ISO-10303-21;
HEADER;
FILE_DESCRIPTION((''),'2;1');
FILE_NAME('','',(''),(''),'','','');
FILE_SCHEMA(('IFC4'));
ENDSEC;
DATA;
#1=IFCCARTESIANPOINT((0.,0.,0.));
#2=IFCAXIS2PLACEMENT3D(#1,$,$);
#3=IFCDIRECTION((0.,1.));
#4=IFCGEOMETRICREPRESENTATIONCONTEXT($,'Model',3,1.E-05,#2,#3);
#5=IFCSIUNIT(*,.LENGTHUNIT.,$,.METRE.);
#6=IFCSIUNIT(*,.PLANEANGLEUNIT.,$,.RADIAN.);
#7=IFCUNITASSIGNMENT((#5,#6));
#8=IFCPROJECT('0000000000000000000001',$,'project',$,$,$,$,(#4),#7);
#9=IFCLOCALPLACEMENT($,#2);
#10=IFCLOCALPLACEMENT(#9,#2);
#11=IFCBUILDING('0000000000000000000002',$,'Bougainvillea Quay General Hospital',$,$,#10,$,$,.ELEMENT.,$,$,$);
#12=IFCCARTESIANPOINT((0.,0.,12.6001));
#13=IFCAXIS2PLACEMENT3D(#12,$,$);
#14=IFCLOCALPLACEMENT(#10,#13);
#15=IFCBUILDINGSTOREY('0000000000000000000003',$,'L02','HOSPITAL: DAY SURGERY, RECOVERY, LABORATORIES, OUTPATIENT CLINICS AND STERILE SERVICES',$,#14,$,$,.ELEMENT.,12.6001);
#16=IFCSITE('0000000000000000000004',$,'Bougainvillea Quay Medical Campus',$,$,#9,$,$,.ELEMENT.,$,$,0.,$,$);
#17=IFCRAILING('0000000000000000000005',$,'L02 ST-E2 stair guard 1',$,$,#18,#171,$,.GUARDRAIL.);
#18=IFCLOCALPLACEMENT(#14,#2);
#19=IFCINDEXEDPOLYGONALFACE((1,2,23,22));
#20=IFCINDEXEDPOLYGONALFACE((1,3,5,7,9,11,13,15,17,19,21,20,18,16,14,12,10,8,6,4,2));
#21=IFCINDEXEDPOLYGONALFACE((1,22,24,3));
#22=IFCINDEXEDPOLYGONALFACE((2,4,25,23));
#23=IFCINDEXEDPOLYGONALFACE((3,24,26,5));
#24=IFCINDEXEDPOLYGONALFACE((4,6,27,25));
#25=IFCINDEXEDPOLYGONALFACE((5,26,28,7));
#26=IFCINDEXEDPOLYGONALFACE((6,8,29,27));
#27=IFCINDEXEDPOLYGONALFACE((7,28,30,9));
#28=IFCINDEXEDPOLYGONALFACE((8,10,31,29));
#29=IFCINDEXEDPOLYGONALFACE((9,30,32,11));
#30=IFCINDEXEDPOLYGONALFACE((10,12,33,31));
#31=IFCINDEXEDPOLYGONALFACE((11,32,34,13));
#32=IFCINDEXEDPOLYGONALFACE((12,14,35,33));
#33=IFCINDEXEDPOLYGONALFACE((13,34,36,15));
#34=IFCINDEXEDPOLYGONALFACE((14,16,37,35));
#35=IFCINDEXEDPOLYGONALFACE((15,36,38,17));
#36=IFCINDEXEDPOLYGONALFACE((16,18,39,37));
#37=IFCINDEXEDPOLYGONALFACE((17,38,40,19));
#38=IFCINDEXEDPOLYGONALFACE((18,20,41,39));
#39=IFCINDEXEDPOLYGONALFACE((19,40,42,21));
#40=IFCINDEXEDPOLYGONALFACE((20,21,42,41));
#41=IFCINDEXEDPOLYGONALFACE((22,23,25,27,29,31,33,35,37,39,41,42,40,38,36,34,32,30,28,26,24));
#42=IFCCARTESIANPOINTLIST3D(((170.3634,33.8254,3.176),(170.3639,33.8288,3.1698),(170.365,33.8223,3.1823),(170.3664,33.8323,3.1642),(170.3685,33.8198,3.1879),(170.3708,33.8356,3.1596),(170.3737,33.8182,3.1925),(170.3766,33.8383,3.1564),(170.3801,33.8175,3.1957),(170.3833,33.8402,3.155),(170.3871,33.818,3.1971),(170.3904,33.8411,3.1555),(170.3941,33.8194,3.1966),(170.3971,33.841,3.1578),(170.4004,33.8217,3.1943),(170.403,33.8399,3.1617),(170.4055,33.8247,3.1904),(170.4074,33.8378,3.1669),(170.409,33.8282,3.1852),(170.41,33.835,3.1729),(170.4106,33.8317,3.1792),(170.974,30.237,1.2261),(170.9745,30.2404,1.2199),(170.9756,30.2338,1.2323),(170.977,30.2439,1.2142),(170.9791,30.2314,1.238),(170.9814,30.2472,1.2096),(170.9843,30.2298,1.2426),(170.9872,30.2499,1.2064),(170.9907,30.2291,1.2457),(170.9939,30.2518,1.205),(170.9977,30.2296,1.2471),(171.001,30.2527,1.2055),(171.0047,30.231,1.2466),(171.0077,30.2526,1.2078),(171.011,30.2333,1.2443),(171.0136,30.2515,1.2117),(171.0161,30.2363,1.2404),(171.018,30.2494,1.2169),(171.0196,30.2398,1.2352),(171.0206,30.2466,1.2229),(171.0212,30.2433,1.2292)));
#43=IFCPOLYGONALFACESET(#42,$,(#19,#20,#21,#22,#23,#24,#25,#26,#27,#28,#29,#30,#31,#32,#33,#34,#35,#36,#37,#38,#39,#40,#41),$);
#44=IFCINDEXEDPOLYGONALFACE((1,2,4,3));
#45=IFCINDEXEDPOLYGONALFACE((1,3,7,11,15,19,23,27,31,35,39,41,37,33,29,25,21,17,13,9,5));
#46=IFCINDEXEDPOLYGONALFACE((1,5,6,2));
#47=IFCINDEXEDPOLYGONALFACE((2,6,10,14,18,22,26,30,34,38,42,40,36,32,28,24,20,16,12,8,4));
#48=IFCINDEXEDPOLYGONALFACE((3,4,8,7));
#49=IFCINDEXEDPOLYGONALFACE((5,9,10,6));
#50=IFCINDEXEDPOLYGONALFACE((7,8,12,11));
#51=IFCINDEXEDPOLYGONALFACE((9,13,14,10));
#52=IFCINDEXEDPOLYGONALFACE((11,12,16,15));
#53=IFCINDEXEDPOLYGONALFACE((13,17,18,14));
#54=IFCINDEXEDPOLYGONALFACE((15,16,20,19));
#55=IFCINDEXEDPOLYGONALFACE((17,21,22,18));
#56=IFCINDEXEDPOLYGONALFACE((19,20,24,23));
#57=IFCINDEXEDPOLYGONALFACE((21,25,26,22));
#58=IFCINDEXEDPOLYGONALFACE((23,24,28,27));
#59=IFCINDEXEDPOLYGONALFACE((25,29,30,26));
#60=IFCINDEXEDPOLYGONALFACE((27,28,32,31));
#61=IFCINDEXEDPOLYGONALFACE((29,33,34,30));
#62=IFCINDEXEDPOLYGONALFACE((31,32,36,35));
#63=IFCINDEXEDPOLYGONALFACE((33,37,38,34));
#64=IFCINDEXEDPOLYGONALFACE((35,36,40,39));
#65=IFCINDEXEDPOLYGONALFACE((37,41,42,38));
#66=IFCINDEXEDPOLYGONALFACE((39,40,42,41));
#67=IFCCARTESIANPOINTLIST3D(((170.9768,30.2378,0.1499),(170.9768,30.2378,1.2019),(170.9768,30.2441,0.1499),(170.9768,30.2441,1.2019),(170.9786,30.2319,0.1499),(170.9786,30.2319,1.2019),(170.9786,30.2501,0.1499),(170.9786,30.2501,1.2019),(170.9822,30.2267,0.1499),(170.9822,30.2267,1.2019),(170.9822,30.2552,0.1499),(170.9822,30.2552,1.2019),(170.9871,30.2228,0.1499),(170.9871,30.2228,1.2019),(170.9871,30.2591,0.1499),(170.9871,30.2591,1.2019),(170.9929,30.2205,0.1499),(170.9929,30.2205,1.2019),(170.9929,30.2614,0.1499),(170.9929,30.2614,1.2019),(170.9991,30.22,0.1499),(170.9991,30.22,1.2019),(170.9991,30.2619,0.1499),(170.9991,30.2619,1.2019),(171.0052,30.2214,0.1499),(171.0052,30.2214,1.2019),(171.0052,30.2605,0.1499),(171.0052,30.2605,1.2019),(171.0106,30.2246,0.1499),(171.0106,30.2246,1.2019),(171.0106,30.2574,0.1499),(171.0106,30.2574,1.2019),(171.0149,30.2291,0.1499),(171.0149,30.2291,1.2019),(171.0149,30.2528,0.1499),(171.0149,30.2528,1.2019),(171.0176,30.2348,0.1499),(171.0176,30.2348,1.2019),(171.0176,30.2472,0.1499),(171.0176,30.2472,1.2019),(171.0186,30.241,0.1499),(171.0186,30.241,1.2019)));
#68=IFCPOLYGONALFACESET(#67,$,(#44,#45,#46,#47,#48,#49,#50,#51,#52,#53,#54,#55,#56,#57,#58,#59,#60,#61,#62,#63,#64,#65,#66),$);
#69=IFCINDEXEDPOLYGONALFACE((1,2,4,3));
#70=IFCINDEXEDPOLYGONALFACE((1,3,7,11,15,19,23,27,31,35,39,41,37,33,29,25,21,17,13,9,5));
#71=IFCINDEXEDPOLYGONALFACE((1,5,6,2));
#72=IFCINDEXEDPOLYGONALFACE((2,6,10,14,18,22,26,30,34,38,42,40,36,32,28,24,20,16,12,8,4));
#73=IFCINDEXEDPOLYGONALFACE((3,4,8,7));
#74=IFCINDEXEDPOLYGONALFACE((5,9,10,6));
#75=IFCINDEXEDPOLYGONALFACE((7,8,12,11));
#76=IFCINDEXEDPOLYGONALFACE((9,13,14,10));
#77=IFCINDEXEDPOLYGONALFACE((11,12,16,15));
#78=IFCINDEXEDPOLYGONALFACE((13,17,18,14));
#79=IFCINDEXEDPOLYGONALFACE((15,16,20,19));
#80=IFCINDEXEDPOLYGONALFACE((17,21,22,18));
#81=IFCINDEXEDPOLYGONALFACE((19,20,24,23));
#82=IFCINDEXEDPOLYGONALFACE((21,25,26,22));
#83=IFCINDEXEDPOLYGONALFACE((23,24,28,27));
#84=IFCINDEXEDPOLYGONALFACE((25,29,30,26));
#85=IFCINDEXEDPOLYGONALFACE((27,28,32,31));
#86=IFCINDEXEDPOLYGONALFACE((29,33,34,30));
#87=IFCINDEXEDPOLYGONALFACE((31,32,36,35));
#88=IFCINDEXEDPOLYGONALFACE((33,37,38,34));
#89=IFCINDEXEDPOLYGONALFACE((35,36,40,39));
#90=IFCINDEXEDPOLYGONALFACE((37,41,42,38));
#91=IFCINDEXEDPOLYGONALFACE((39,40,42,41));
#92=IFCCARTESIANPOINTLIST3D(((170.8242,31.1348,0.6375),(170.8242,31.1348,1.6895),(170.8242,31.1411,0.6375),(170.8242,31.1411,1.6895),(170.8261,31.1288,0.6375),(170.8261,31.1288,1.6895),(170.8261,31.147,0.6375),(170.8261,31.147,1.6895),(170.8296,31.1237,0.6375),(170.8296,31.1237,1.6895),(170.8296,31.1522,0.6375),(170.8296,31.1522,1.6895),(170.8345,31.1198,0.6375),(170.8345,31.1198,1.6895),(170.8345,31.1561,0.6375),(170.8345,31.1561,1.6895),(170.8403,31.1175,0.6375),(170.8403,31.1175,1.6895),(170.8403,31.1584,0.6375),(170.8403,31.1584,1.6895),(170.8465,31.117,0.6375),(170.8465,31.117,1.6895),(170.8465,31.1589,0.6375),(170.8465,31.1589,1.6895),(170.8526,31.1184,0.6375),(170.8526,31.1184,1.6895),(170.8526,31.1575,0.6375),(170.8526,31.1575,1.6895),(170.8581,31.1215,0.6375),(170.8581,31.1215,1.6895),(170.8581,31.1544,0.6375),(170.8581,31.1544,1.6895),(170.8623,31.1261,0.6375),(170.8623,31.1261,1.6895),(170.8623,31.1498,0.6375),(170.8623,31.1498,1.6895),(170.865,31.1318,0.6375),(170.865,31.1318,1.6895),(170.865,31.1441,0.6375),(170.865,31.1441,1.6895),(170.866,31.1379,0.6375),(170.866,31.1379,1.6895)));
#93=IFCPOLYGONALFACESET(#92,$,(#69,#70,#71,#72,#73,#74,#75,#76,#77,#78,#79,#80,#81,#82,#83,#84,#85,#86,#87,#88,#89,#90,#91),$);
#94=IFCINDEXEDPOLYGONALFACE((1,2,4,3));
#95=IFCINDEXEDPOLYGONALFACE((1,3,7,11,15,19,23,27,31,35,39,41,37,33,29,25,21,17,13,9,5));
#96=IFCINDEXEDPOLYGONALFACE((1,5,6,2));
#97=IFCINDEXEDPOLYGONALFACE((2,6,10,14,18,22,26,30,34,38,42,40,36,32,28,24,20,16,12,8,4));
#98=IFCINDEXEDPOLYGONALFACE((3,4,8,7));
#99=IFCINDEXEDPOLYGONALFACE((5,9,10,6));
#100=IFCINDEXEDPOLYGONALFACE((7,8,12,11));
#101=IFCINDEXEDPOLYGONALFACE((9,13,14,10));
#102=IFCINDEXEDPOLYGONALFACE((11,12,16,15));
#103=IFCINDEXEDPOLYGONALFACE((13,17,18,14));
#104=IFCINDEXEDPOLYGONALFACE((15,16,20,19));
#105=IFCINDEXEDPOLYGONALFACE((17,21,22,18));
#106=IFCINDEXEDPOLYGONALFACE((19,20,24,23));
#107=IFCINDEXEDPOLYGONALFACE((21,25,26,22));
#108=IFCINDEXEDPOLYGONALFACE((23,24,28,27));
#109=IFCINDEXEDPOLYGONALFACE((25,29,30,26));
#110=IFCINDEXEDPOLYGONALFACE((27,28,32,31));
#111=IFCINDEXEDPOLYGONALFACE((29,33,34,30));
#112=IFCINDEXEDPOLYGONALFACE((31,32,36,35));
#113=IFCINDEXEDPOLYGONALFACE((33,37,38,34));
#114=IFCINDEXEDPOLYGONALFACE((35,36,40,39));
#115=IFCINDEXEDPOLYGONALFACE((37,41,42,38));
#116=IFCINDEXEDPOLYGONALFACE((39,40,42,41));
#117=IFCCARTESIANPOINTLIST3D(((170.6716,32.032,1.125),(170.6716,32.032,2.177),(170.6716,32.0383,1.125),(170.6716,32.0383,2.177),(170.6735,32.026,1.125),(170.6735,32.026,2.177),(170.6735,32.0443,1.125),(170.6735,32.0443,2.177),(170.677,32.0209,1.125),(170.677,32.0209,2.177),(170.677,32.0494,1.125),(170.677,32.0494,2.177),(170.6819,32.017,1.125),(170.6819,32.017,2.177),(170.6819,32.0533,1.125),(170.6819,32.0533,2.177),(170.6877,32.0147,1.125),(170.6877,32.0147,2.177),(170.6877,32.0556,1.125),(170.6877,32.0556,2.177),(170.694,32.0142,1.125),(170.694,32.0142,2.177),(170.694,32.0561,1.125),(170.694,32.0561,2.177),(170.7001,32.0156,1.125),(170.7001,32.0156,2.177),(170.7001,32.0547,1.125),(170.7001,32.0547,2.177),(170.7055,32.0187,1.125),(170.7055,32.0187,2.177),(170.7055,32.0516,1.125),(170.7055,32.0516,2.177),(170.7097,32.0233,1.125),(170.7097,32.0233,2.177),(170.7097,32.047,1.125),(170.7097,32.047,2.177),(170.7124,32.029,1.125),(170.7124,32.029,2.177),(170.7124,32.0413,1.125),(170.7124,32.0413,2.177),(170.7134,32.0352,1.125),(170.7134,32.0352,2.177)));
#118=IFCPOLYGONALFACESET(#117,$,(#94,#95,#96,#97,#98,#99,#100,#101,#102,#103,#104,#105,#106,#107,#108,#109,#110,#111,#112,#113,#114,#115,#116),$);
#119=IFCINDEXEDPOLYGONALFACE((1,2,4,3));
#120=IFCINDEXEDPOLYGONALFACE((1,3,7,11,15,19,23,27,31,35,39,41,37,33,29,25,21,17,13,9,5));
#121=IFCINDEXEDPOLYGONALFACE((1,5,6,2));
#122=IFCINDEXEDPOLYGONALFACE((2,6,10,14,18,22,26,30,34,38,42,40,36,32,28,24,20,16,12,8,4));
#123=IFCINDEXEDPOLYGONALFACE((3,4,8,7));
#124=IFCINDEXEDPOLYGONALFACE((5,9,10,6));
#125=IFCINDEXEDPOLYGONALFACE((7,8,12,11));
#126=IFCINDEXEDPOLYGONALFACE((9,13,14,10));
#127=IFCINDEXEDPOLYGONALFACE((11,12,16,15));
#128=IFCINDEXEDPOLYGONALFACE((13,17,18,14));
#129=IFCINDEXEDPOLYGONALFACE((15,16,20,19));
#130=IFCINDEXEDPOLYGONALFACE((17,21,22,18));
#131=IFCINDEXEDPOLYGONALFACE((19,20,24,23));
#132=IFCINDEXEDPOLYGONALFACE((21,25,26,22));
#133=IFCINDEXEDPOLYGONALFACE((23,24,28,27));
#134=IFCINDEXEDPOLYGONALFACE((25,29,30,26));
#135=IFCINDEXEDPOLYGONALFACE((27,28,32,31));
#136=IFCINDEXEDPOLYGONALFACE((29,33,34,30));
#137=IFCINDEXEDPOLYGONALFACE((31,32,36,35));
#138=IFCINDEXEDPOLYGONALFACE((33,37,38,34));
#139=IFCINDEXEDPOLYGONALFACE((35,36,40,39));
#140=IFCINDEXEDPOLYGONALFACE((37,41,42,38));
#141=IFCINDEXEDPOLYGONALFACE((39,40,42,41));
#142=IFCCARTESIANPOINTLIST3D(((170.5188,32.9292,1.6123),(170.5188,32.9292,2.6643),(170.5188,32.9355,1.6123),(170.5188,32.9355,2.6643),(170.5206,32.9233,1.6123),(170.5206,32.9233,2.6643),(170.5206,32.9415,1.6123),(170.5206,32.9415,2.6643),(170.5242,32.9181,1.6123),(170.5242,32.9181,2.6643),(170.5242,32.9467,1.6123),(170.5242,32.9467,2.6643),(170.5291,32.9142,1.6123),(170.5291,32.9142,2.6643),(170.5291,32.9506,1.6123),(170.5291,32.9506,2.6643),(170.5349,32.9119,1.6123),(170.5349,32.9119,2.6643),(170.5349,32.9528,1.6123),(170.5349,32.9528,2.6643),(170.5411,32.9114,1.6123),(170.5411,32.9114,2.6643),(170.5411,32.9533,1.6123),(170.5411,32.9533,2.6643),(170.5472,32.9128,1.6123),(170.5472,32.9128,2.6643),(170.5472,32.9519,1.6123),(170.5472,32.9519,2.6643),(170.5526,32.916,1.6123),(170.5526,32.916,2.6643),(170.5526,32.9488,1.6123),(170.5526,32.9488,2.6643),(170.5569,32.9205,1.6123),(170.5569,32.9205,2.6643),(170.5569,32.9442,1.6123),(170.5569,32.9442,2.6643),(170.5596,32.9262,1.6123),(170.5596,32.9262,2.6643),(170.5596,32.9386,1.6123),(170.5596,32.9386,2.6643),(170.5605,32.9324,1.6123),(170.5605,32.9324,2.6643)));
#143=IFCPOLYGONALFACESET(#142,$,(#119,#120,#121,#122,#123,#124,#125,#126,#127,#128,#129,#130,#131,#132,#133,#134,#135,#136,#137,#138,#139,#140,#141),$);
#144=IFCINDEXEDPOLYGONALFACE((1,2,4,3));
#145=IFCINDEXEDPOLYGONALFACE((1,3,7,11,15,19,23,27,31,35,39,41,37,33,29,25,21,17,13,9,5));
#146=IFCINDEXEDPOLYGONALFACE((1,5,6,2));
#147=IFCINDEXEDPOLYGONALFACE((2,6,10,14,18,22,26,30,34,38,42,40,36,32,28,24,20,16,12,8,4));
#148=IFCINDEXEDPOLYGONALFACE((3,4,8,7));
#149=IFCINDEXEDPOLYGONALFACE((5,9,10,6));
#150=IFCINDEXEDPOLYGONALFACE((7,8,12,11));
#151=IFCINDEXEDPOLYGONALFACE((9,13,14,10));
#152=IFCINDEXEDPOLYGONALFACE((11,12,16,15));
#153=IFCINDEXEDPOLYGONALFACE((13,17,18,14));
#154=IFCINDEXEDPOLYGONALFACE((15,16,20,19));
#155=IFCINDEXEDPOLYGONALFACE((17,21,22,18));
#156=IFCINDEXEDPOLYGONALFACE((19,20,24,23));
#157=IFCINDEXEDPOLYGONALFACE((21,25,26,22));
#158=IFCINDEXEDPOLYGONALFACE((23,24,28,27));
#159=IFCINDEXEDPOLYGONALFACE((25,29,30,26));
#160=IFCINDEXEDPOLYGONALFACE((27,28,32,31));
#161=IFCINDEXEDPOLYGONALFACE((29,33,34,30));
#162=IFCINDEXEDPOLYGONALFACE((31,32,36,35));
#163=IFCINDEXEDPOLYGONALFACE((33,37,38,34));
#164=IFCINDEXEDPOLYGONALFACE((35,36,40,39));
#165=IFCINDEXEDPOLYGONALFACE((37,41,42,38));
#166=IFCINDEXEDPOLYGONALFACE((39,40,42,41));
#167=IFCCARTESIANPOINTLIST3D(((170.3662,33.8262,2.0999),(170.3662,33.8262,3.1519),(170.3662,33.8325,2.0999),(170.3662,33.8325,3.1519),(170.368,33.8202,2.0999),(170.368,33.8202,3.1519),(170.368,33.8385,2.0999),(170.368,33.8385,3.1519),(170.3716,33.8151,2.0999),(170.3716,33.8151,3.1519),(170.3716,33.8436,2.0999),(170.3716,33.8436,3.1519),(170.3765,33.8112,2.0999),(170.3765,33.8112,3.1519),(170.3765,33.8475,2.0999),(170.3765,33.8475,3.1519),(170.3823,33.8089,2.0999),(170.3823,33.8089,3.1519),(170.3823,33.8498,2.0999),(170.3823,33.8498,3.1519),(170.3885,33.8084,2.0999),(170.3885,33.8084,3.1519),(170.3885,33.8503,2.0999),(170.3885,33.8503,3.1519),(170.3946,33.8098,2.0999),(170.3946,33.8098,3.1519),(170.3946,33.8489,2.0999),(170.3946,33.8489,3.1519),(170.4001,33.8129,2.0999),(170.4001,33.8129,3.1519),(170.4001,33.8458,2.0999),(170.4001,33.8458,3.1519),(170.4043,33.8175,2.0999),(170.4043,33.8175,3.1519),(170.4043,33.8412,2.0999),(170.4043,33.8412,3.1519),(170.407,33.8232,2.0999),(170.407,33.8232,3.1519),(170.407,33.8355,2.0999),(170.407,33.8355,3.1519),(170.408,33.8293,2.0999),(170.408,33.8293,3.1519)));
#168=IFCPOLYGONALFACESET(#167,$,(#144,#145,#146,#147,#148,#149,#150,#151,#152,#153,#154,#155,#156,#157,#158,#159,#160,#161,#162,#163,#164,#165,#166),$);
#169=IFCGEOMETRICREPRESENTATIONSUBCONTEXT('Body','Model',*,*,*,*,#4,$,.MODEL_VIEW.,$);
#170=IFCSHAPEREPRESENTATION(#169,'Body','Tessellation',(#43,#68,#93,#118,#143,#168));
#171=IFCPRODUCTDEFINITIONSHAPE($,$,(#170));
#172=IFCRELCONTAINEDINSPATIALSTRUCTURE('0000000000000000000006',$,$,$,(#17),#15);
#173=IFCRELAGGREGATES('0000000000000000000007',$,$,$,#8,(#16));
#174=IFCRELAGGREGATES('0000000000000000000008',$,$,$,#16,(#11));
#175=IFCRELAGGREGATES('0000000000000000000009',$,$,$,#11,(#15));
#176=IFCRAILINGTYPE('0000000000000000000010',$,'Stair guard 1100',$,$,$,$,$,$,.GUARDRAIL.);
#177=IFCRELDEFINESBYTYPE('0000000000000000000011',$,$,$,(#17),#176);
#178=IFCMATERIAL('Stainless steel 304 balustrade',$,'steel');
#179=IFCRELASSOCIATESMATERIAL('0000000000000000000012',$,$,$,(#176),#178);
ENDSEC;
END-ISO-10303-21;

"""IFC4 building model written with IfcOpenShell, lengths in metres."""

from ifc_helpers import new_model, si_unit, direction, frame, origin, origin_2d, place, context, subcontext, project, spatial, circle, extrude, material, type_object, element, save


model = new_model("IFC4")

# Units and contexts
model_context = context("Model", 3, precision=1e-05, world=origin(), true_north=direction((0.0, 1.0)))
body_context = subcontext(model_context, "Body", "Model", "MODEL_VIEW")
ifc_project = project(units=[si_unit("LENGTHUNIT", "METRE"), si_unit("PLANEANGLEUNIT", "RADIAN")], contexts=[model_context])

# Site, building, storey
site_placement = place(None, origin())
site = spatial("IfcSite", under=ifc_project, at=site_placement, Name="Bougainvillea Quay Medical Campus", CompositionType="ELEMENT", RefElevation=0.0)
building_placement = place(site_placement, origin())
building = spatial("IfcBuilding", under=site, at=building_placement, Name="Bougainvillea Quay General Hospital", CompositionType="ELEMENT")
storey_placement = place(building_placement, frame((0.0, 0.0, 12.6001)))
storey = spatial("IfcBuildingStorey", under=building, at=storey_placement, Name="L02", Description="HOSPITAL: DAY SURGERY, RECOVERY, LABORATORIES, OUTPATIENT CLINICS AND STERILE SERVICES", CompositionType="ELEMENT", Elevation=12.6001)

# Railing
ifc_material_1 = material(Name="Stainless steel 304 balustrade", Category="steel")
railing_type_1 = type_object("IfcRailingType", Name="Stair guard 1100", PredefinedType="GUARDRAIL", material=ifc_material_1)
railing_1_placement = place(storey_placement, frame((170.9976, 30.241, 0.1499)))
element("IfcRailing", 1, at=railing_1_placement, inside=storey, type_object=railing_type_1, Name="L02 ST-E2 stair guard 1", PredefinedType="GUARDRAIL", context=body_context, shape_type="SweptSolid", body=[
    extrude(circle(Radius=0.0239, at=origin_2d()), frame((0.0, 0.0, 1.0762), z_axis=(-0.147867, 0.868992, 0.472217), x_axis=(-0.98583, -0.167748, 0.0)), (0.0, 0.0, 1.0), 4.1294),
    extrude(circle(Radius=0.021, at=origin_2d()), origin(), (0.0, 0.0, 1.0), 1.052),
    extrude(circle(Radius=0.021, at=origin_2d()), frame((-0.1526, 0.897, 0.4875)), (0.0, 0.0, 1.0), 1.052),
    extrude(circle(Radius=0.021, at=origin_2d()), frame((-0.3052, 1.7942, 0.9751)), (0.0, 0.0, 1.0), 1.052),
    extrude(circle(Radius=0.021, at=origin_2d()), frame((-0.458, 2.6914, 1.4624)), (0.0, 0.0, 1.0), 1.052),
    extrude(circle(Radius=0.021, at=origin_2d()), frame((-0.6106, 3.5884, 1.95)), (0.0, 0.0, 1.0), 1.052),
])

save(model, "model.ifc")
